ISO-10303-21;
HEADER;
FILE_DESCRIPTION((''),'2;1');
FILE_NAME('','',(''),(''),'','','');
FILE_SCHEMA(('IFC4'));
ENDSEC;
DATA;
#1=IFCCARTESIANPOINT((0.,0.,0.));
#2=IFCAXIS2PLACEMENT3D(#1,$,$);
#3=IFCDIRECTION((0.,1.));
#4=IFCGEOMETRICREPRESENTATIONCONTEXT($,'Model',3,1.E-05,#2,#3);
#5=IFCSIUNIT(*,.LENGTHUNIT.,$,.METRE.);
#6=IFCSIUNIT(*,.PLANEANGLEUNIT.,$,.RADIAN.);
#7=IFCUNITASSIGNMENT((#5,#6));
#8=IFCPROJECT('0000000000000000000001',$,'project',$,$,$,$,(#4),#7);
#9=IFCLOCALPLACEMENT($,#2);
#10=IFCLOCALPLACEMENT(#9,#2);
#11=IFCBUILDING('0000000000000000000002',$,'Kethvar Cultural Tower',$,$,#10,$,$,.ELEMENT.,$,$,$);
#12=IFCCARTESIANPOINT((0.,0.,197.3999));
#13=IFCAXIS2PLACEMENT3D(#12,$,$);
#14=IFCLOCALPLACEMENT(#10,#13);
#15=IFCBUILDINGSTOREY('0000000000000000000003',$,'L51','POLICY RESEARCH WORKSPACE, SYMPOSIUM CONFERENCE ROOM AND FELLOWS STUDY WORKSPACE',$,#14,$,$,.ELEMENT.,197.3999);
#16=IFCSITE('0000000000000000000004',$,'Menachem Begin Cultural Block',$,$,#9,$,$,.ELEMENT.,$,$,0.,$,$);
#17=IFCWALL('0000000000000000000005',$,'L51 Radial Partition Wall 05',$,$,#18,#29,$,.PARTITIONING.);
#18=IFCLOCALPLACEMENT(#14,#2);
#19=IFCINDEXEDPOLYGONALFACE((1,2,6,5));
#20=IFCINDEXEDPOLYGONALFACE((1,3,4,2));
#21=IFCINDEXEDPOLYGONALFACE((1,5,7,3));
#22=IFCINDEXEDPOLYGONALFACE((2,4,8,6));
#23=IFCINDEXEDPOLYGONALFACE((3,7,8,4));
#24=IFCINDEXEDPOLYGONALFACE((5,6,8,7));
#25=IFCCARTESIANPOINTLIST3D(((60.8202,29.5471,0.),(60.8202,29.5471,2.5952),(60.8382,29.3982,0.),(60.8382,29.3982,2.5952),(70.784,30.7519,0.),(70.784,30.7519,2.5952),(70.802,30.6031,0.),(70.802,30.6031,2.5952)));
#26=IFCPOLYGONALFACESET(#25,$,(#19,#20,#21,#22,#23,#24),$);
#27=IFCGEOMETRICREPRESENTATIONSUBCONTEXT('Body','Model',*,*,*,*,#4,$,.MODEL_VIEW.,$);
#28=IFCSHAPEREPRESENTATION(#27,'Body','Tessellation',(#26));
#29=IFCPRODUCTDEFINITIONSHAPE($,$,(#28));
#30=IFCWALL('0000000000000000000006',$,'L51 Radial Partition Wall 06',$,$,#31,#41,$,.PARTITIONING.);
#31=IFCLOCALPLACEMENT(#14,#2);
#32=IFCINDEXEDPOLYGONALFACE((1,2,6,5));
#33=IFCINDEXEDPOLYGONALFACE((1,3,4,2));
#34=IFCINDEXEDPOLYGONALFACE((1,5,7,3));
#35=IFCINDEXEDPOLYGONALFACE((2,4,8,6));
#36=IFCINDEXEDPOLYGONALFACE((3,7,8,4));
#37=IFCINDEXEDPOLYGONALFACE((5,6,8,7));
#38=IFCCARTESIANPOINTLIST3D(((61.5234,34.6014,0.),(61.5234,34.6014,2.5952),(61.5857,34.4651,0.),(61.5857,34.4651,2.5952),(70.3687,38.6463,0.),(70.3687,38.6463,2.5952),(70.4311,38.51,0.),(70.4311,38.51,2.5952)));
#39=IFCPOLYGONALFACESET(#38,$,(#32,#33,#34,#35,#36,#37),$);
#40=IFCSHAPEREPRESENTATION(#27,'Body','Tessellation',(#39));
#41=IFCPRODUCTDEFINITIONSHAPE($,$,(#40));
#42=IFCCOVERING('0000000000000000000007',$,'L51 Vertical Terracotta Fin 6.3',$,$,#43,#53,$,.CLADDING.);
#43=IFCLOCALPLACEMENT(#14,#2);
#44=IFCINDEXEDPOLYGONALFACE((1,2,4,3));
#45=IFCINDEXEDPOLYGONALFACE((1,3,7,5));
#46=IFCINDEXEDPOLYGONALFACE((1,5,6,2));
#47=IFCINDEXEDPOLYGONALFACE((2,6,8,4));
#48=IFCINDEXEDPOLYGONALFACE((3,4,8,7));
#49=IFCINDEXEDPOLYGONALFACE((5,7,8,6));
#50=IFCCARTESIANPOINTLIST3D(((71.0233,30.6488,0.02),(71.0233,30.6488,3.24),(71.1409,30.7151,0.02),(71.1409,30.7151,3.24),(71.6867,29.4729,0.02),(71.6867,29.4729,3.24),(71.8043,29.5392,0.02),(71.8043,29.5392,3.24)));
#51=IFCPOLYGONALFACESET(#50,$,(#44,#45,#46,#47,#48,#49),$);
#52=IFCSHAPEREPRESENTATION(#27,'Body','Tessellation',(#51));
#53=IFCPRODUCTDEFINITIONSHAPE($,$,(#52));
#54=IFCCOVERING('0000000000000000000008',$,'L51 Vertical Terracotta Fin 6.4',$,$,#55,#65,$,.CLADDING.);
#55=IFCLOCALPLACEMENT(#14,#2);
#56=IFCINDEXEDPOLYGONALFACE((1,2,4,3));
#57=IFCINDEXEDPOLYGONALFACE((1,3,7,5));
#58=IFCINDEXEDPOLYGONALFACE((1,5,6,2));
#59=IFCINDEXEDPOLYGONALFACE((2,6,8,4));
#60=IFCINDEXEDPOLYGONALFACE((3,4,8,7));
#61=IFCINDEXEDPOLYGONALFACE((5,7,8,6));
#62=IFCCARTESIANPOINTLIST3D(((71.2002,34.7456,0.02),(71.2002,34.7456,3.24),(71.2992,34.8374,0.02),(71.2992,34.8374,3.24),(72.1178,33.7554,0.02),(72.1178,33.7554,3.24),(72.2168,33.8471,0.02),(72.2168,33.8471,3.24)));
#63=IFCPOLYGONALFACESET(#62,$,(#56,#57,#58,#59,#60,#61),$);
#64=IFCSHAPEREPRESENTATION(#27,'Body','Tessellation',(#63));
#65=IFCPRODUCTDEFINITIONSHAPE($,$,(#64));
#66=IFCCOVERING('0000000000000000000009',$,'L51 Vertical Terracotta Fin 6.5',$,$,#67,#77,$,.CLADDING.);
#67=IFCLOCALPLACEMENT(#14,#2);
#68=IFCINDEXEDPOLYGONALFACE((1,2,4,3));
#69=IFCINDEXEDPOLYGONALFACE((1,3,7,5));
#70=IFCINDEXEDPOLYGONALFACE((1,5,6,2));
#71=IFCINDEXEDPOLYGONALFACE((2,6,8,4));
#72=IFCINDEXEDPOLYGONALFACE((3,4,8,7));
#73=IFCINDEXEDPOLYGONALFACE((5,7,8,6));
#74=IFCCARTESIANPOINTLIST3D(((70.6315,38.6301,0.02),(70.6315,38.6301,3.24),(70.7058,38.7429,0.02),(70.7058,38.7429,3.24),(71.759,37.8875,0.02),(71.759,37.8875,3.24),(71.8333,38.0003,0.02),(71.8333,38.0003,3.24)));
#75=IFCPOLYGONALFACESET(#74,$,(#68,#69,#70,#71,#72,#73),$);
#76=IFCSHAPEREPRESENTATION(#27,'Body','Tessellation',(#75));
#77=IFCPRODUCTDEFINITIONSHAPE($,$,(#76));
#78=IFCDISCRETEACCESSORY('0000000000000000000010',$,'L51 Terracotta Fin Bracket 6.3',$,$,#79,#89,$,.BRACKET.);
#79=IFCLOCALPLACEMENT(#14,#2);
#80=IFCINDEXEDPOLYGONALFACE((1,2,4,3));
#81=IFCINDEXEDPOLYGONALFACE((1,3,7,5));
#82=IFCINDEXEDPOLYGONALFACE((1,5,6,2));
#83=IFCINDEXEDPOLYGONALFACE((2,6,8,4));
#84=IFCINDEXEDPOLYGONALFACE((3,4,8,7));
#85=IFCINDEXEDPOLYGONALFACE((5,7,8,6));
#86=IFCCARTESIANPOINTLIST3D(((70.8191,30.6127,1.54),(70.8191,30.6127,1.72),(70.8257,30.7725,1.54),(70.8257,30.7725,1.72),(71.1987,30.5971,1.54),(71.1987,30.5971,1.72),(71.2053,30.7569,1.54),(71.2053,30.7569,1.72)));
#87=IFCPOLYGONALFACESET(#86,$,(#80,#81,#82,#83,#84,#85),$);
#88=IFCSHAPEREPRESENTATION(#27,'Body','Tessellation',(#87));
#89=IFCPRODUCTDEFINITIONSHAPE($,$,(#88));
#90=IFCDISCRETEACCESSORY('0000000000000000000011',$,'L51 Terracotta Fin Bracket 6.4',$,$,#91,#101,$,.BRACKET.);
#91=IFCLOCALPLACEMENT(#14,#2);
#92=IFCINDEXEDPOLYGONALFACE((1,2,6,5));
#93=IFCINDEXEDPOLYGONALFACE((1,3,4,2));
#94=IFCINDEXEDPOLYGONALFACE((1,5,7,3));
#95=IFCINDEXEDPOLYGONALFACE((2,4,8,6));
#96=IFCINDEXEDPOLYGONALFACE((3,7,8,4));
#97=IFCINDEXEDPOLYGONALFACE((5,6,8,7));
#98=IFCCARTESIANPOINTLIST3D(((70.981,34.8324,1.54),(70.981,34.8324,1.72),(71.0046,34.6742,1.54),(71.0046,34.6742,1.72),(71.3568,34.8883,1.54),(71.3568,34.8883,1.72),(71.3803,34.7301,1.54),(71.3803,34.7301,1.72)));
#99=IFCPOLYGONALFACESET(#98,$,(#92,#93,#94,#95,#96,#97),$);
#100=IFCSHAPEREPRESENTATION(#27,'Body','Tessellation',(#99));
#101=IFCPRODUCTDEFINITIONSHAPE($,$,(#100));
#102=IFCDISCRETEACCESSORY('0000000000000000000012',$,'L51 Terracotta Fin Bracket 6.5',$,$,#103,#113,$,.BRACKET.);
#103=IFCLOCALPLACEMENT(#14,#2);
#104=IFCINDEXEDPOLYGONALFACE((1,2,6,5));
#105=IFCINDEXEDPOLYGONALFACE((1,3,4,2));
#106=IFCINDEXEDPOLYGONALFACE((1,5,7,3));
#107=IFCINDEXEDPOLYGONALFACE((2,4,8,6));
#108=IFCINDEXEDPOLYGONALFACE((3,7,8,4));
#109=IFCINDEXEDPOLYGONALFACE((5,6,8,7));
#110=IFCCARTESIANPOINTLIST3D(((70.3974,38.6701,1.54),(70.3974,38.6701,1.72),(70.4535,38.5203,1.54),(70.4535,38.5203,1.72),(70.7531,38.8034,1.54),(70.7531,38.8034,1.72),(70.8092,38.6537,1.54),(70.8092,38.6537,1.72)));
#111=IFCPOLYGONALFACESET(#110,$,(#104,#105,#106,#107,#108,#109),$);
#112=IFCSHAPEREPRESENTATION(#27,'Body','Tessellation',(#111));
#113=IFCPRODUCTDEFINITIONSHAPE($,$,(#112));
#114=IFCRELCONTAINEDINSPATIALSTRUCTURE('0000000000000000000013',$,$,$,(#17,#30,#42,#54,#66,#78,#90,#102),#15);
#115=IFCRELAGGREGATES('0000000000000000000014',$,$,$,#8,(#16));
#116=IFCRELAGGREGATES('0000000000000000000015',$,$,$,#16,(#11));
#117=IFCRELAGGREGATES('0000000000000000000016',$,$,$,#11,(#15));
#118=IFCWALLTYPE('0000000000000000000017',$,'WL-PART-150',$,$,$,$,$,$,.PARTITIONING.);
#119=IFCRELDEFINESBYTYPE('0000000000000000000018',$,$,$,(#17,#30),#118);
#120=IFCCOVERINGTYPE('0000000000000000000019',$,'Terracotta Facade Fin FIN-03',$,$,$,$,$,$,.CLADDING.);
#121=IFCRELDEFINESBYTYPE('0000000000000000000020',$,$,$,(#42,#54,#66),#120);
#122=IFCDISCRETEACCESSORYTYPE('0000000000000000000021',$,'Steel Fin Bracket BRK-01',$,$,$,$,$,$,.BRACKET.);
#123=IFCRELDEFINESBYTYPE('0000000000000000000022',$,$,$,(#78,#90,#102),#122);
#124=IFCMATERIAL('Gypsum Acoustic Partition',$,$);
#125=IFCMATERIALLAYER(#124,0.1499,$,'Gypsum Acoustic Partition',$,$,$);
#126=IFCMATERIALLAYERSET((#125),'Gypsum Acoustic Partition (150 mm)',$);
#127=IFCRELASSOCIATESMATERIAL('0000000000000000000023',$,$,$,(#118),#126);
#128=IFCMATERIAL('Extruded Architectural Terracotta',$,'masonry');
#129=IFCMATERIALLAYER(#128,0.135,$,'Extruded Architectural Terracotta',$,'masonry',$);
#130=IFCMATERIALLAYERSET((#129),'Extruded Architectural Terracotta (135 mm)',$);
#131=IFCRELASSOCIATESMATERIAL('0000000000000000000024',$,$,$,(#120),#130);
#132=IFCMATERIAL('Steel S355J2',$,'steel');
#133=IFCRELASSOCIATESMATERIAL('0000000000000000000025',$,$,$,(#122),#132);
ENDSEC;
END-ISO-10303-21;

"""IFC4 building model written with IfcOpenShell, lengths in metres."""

from ifc_helpers import new_model, si_unit, direction, frame, frame_2d, origin, origin_2d, place, context, subcontext, project, spatial, rectangle, extrude, source, transform, mapped, material, layer, layer_set, type_object, element, save


model = new_model("IFC4")

# Units and contexts
model_context = context("Model", 3, precision=1e-05, world=origin(), true_north=direction((0.0, 1.0)))
body_context = subcontext(model_context, "Body", "Model", "MODEL_VIEW")
ifc_project = project(units=[si_unit("LENGTHUNIT", "METRE"), si_unit("PLANEANGLEUNIT", "RADIAN")], contexts=[model_context])

# Site, building, storey
site_placement = place(None, origin())
site = spatial("IfcSite", under=ifc_project, at=site_placement, Name="Menachem Begin Cultural Block", CompositionType="ELEMENT", RefElevation=0.0)
building_placement = place(site_placement, origin())
building = spatial("IfcBuilding", under=site, at=building_placement, Name="Kethvar Cultural Tower", CompositionType="ELEMENT")
storey_placement = place(building_placement, frame((0.0, 0.0, 197.3999)))
storey = spatial("IfcBuildingStorey", under=building, at=storey_placement, Name="L51", Description="POLICY RESEARCH WORKSPACE, SYMPOSIUM CONFERENCE ROOM AND FELLOWS STUDY WORKSPACE", CompositionType="ELEMENT", Elevation=197.3999)

# Shared definitions
ifc_material_1 = material(Name="Steel S355J2", Category="steel")

# Walls
ifc_material_2 = material(Name="Gypsum Acoustic Partition")
ifc_layer_1 = layer(ifc_material_2, 0.1499, Name="Gypsum Acoustic Partition")
ifc_layer_set_1 = layer_set([ifc_layer_1], Name="Gypsum Acoustic Partition (150 mm)")
wall_type_1 = type_object("IfcWallType", Name="WL-PART-150", PredefinedType="PARTITIONING", material=ifc_layer_set_1)
wall_1_placement = place(storey_placement, frame((60.8293, 29.4727, 0.0), z_axis=(0.0, 0.0, 1.0), x_axis=(0.992768, 0.120046, 0.0)))
element("IfcWall", 1, at=wall_1_placement, inside=storey, type_object=wall_type_1, Name="L51 Radial Partition Wall 05", PredefinedType="PARTITIONING", context=body_context, shape_type="SweptSolid", body=[
    extrude(rectangle(XDim=10.0364, YDim=0.1499, at=frame_2d((5.0181, 0.0))), origin(), (0.0, 0.0, 1.0), 2.5952),
])
wall_2_placement = place(storey_placement, frame((61.5544, 34.5332, 0.0), z_axis=(0.0, 0.0, 1.0), x_axis=(0.909425, 0.415869, 0.0)))
element("IfcWall", 2, at=wall_2_placement, inside=storey, type_object=wall_type_1, Name="L51 Radial Partition Wall 06", PredefinedType="PARTITIONING", context=body_context, shape_type="SweptSolid", body=[
    extrude(rectangle(XDim=9.7263, YDim=0.1499, at=frame_2d((4.8633, 0.0))), origin(), (0.0, 0.0, 1.0), 2.5952),
])

# Coverings
ifc_material_3 = material(Name="Extruded Architectural Terracotta", Category="masonry")
ifc_layer_2 = layer(ifc_material_3, 0.135, Name="Extruded Architectural Terracotta", Category="masonry")
ifc_layer_set_2 = layer_set([ifc_layer_2], Name="Extruded Architectural Terracotta (135 mm)")
covering_type = type_object("IfcCoveringType", Name="Terracotta Facade Fin FIN-03", PredefinedType="CLADDING", material=ifc_layer_set_2)
shared_shape_1 = source(origin(), body_context, "Body", "SweptSolid", [
    extrude(rectangle(XDim=1.3501, YDim=0.135, at=origin_2d()), origin(), (0.0, 0.0, 1.0), 3.22),
])
for number, where, z_axis, x_axis, name in (
    (3, (71.4138, 30.094, 0.02), (0.0, 0.0, 1.0), (0.49136, -0.870957, 0.0), "L51 Vertical Terracotta Fin 6.3"),
    (4, (71.7085, 34.2964, 0.02), (0.0, 0.0, 1.0), (0.679697, -0.733493, 0.0), "L51 Vertical Terracotta Fin 6.4"),
    (5, (71.2324, 38.3152, 0.02), (0.0, 0.0, 1.0), (0.835136, -0.550044, 0.0), "L51 Vertical Terracotta Fin 6.5"),
):
    element("IfcCovering", number, at=place(storey_placement, frame(where, z_axis=z_axis, x_axis=x_axis)), inside=storey, type_object=covering_type, Name=name, PredefinedType="CLADDING", context=body_context, shape_type="MappedRepresentation", body=[
        mapped(shared_shape_1, transform((0.0, 0.0, 0.0), scale=1.0)),
    ])

# Discrete accessories
discrete_accessory_type = type_object("IfcDiscreteAccessoryType", Name="Steel Fin Bracket BRK-01", PredefinedType="BRACKET", material=ifc_material_1)
shared_shape_2 = source(origin(), body_context, "Body", "SweptSolid", [
    extrude(rectangle(XDim=0.3799, YDim=0.1599, at=origin_2d()), origin(), (0.0, 0.0, 1.0), 0.1799),
])
for number, where, z_axis, x_axis, name in (
    (6, (71.0122, 30.6848, 1.54), (0.0, 0.0, 1.0), (0.999152, -0.041178, 0.0), "L51 Terracotta Fin Bracket 6.3"),
    (7, (71.1807, 34.7812, 1.54), (0.0, 0.0, 1.0), (0.989119, 0.147119, 0.0), "L51 Terracotta Fin Bracket 6.4"),
    (8, (70.6033, 38.6619, 1.54), (0.0, 0.0, 1.0), (0.936366, 0.351025, 0.0), "L51 Terracotta Fin Bracket 6.5"),
):
    element("IfcDiscreteAccessory", number, at=place(storey_placement, frame(where, z_axis=z_axis, x_axis=x_axis)), inside=storey, type_object=discrete_accessory_type, Name=name, PredefinedType="BRACKET", context=body_context, shape_type="MappedRepresentation", body=[
        mapped(shared_shape_2, transform((0.0, 0.0, 0.0), scale=1.0)),
    ])

save(model, "model.ifc")
